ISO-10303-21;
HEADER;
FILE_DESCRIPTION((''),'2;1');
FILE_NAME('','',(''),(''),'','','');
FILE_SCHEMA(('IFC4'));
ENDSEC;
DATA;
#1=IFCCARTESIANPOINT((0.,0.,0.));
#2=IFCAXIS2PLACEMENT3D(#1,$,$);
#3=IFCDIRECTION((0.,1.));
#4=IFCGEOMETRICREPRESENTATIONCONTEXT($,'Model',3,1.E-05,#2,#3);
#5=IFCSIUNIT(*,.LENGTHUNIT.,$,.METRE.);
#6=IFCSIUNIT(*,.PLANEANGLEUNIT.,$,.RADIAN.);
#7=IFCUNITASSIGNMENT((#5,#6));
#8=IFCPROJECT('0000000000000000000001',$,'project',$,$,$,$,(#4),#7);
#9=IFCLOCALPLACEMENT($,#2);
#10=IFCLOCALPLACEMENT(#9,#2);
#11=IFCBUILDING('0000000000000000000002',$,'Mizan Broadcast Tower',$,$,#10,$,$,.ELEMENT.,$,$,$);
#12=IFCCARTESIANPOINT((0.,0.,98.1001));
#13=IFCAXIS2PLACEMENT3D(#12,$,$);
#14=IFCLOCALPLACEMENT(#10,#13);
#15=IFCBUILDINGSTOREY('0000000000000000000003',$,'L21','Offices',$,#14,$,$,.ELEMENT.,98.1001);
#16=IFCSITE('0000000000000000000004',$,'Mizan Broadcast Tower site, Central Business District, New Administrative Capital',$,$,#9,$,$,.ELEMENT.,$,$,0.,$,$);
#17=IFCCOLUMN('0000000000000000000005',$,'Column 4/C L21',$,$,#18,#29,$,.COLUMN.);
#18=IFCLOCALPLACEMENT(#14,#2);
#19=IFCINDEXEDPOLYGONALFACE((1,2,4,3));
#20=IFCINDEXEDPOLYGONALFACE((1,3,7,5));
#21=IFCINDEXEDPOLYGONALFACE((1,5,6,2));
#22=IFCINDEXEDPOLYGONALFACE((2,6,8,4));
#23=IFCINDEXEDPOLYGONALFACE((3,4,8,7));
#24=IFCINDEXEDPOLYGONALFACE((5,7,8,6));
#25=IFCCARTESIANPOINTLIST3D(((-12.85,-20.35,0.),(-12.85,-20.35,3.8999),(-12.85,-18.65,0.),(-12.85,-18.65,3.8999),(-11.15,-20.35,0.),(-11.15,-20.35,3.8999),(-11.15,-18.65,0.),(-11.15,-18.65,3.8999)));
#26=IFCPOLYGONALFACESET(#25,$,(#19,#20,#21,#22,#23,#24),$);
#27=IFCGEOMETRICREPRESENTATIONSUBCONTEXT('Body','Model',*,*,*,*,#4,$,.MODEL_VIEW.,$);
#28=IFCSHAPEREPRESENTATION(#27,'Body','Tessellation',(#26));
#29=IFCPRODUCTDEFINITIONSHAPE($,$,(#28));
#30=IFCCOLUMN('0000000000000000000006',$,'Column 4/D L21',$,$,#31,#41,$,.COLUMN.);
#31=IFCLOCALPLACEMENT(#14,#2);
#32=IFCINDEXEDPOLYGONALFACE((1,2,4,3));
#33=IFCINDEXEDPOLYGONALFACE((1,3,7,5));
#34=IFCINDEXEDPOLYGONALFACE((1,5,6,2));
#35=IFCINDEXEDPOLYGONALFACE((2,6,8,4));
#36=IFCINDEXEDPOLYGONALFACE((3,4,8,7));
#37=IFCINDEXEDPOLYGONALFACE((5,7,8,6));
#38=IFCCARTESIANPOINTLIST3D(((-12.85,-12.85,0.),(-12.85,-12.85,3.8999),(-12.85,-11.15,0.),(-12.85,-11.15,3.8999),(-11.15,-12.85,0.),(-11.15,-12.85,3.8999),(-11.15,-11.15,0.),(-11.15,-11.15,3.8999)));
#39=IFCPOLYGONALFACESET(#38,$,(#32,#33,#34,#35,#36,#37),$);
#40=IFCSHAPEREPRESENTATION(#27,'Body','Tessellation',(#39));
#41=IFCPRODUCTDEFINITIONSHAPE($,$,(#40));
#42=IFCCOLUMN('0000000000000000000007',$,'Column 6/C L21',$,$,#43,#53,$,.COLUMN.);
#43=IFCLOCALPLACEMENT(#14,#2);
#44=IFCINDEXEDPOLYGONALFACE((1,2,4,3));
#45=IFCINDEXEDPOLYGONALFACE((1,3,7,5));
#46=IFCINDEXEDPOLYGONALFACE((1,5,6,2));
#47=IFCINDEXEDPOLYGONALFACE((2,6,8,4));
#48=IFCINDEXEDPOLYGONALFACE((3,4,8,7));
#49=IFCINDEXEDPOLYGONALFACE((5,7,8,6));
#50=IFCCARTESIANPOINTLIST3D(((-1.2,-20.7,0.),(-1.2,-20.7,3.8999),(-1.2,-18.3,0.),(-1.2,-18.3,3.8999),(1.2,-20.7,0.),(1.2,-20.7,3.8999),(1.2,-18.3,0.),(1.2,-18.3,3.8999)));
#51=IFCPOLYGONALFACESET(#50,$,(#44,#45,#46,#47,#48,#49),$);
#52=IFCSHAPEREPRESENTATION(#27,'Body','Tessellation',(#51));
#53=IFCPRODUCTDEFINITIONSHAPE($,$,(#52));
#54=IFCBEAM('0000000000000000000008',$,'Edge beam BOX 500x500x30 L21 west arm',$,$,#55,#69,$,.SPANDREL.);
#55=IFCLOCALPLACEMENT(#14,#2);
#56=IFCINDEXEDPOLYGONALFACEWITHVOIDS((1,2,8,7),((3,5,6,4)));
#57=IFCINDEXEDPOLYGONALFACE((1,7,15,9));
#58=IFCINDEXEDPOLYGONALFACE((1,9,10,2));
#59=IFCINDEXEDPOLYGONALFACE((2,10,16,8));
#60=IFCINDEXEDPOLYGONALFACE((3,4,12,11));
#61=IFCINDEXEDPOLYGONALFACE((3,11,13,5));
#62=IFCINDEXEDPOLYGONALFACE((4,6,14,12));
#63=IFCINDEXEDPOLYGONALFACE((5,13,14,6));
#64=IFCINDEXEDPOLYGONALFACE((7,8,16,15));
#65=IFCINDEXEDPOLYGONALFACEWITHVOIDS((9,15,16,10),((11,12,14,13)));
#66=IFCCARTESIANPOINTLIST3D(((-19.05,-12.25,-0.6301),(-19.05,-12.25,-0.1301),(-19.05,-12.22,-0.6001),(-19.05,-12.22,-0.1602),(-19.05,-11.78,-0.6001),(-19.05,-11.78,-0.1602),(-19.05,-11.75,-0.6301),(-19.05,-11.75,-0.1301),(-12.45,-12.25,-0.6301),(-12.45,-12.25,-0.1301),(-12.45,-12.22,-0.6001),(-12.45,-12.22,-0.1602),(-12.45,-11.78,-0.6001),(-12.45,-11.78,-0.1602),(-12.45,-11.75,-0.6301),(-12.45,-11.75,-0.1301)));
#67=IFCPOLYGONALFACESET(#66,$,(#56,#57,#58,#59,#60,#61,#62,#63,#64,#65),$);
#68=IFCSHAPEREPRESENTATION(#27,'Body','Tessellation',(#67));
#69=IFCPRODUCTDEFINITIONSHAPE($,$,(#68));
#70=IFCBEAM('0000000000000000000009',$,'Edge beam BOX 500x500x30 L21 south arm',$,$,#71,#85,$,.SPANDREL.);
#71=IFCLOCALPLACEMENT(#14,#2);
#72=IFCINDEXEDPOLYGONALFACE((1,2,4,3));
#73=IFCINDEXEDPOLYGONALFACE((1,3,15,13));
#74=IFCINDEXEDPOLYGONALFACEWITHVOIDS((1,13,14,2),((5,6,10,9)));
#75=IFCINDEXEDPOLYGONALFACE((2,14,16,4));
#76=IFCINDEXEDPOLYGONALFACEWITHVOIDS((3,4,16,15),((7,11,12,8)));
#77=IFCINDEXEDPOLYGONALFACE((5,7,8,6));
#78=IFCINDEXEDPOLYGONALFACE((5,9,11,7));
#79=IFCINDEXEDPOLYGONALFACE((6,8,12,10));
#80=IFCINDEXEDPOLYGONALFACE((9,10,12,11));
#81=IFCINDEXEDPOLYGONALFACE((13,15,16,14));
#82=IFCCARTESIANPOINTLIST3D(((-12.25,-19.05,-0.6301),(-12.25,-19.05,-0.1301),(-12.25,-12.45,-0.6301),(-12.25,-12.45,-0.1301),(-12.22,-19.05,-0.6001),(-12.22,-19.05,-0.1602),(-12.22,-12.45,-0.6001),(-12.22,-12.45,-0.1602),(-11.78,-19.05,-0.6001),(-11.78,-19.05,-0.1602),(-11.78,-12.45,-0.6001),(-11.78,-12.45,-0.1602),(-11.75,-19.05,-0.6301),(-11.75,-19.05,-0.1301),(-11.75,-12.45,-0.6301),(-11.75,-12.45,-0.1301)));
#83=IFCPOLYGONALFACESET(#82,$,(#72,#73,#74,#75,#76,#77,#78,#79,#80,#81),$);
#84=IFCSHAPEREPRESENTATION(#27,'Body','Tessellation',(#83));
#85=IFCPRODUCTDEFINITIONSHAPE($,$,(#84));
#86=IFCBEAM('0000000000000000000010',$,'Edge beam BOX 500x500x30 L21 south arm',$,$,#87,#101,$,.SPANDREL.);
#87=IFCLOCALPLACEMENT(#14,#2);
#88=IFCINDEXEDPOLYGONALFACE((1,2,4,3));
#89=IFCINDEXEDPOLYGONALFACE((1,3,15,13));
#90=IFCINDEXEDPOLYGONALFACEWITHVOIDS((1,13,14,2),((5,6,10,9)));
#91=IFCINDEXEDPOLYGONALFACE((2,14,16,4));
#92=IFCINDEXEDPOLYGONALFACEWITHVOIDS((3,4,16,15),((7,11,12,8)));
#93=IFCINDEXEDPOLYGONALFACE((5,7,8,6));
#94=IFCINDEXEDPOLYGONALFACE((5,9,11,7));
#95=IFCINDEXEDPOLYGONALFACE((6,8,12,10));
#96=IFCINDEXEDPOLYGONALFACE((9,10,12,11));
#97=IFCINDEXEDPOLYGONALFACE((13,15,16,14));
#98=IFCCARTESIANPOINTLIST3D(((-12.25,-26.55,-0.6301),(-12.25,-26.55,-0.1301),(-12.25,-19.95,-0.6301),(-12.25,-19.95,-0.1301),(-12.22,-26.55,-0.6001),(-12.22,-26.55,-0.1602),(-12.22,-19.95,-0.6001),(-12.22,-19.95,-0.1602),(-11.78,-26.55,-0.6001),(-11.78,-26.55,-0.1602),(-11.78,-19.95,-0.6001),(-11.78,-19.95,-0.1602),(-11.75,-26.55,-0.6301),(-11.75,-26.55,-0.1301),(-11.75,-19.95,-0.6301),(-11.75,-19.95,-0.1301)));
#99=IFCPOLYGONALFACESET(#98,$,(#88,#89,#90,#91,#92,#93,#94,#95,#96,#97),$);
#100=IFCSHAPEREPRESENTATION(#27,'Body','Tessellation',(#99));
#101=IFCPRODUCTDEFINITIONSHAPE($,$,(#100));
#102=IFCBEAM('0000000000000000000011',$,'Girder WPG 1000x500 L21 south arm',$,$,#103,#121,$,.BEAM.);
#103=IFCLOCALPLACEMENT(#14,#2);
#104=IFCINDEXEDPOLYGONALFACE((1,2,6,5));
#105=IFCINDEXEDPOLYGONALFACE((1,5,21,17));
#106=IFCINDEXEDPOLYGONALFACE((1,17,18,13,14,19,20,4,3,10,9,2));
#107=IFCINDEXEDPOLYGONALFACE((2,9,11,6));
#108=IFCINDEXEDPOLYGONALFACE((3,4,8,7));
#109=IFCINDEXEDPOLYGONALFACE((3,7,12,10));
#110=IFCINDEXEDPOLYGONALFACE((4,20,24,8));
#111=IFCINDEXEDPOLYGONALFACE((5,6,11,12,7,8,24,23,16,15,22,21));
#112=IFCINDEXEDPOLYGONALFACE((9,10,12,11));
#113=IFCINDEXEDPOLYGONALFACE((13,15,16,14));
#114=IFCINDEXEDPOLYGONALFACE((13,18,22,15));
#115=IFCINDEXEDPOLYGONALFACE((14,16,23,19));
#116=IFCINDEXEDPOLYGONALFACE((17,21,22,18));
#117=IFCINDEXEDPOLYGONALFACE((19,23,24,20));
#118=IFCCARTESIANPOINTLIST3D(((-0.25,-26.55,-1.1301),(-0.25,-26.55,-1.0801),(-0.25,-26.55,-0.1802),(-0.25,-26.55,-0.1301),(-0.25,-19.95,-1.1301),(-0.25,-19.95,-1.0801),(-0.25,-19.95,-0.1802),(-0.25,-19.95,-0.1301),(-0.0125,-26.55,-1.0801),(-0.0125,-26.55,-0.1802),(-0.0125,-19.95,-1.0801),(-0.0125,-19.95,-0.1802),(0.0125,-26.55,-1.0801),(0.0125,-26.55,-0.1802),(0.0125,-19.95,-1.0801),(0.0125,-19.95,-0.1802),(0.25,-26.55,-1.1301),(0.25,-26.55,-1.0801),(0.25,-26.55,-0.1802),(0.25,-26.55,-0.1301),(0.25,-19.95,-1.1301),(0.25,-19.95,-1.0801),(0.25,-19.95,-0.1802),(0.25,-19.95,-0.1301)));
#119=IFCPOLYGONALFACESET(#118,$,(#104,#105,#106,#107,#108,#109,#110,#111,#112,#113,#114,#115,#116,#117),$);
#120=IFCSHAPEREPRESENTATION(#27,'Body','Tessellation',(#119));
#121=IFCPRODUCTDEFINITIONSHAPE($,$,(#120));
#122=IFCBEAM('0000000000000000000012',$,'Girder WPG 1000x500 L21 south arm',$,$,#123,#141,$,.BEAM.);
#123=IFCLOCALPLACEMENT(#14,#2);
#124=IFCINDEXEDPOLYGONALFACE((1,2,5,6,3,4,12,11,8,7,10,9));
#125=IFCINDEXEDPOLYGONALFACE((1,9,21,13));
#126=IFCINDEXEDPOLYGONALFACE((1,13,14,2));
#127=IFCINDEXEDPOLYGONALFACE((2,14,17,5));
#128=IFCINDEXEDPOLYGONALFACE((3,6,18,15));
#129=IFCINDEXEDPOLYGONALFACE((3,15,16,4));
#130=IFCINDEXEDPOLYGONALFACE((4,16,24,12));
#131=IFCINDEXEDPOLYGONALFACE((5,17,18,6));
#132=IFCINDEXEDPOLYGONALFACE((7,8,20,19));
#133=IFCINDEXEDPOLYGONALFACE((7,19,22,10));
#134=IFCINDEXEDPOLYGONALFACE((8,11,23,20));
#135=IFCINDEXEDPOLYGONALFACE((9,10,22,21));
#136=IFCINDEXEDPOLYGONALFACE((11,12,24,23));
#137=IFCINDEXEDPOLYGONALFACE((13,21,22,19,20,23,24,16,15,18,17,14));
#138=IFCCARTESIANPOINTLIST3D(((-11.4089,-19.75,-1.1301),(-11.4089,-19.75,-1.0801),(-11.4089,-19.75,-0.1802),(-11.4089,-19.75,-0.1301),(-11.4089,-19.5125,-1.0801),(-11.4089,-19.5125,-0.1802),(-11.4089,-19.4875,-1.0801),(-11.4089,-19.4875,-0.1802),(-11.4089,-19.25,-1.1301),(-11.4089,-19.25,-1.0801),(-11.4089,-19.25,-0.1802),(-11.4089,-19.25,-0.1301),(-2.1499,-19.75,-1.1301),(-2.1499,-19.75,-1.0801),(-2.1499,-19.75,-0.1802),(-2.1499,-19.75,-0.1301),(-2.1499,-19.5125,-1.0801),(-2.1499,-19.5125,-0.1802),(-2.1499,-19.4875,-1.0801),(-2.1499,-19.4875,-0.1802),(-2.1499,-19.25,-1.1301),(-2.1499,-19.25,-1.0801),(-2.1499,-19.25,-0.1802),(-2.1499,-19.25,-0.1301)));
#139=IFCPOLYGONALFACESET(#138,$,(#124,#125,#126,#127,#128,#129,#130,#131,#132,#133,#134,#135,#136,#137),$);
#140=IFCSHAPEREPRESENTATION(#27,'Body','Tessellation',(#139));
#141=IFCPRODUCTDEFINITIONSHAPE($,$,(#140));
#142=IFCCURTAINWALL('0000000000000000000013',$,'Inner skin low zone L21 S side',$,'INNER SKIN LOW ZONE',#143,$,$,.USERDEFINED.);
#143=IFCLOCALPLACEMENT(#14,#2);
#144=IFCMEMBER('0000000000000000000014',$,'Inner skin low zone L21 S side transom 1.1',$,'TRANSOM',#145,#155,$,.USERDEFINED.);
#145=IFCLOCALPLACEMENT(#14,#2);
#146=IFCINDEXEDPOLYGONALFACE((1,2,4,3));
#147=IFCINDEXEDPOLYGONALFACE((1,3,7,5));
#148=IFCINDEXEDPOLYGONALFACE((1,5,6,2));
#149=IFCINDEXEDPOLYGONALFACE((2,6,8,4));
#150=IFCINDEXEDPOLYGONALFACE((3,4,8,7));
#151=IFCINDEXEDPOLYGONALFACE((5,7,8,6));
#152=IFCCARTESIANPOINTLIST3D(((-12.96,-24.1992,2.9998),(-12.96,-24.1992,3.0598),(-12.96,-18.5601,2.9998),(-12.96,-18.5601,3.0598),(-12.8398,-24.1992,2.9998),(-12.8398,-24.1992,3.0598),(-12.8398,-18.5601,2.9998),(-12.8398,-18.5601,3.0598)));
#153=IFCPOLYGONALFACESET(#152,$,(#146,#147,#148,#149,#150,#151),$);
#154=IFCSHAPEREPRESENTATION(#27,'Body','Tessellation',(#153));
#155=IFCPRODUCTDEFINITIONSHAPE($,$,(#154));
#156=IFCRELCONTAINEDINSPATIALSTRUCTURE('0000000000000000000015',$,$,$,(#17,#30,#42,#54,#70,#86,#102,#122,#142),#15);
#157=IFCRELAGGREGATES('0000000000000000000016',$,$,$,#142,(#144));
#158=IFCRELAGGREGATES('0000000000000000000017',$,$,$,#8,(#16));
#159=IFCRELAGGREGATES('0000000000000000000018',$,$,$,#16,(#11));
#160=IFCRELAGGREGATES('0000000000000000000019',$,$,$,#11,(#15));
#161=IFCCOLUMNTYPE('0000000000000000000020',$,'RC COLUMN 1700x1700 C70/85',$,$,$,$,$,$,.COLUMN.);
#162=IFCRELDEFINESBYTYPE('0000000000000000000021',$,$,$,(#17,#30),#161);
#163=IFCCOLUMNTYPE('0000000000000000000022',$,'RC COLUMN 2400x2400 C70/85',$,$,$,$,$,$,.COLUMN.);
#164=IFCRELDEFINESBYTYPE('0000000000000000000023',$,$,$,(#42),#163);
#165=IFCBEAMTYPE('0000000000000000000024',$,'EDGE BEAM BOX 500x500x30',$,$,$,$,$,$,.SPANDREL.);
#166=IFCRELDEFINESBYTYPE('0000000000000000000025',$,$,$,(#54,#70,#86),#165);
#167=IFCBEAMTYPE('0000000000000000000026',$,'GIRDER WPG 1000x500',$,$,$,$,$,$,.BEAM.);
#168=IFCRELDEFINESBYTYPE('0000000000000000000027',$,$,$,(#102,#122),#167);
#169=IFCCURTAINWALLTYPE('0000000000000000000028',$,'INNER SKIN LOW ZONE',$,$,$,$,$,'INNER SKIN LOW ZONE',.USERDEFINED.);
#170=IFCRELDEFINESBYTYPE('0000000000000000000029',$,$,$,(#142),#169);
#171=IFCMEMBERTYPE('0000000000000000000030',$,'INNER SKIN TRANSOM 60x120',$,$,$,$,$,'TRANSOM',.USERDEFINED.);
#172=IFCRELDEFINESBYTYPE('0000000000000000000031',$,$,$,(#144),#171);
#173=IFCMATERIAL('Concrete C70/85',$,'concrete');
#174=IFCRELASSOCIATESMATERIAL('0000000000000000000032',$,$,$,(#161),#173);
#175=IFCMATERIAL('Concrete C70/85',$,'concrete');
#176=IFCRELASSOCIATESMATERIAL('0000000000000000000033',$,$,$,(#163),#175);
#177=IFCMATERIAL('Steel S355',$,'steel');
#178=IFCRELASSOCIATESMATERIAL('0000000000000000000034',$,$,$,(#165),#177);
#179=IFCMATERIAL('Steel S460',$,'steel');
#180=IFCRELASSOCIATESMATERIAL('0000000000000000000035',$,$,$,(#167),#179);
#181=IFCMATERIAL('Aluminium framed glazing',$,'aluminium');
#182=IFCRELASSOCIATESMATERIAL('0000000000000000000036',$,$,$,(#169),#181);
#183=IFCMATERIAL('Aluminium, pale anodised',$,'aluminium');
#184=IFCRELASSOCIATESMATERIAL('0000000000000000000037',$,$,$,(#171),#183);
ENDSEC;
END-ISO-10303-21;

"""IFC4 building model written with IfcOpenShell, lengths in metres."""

from ifc_helpers import new_model, si_unit, direction, frame, origin, origin_2d, place, context, subcontext, project, spatial, rectangle, hollow_rectangle, i_section, extrude, material, material_profile, profile_set, type_object, element, aggregate, save


model = new_model("IFC4")

# Units and contexts
model_context = context("Model", 3, precision=1e-05, world=origin(), true_north=direction((0.0, 1.0)))
body_context = subcontext(model_context, "Body", "Model", "MODEL_VIEW")
ifc_project = project(units=[si_unit("LENGTHUNIT", "METRE"), si_unit("PLANEANGLEUNIT", "RADIAN")], contexts=[model_context])

# Site, building, storey
site_placement = place(None, origin())
site = spatial("IfcSite", under=ifc_project, at=site_placement, Name="Mizan Broadcast Tower site, Central Business District, New Administrative Capital", CompositionType="ELEMENT", RefElevation=0.0)
building_placement = place(site_placement, origin())
building = spatial("IfcBuilding", under=site, at=building_placement, Name="Mizan Broadcast Tower", CompositionType="ELEMENT")
storey_placement = place(building_placement, frame((0.0, 0.0, 98.1001)))
storey = spatial("IfcBuildingStorey", under=building, at=storey_placement, Name="L21", Description="Offices", CompositionType="ELEMENT", Elevation=98.1001)

# Columns
ifc_material_1 = material(Name="Concrete C70/85", Category="concrete")
ifc_material_profile_1 = material_profile(ifc_material_1, rectangle(XDim=1.7, YDim=1.7, at=origin_2d()), Name="RC 1700x1700")
ifc_profile_set_1 = profile_set([ifc_material_profile_1], Name="Concrete C70/85")
column_type_1 = type_object("IfcColumnType", Name="RC COLUMN 1700x1700 C70/85", PredefinedType="COLUMN", material=ifc_profile_set_1)
for number, where, z_axis, x_axis, name in (
    (1, (-12.0, -19.5, 0.0), (0.0, 0.0, 1.0), (1.0, 0.0, 0.0), "Column 4/C L21"),
    (2, (-12.0, -12.0, 0.0), (0.0, 0.0, 1.0), (1.0, 0.0, 0.0), "Column 4/D L21"),
):
    element("IfcColumn", number, at=place(storey_placement, frame(where, z_axis=z_axis, x_axis=x_axis)), inside=storey, type_object=column_type_1, Name=name, PredefinedType="COLUMN", context=body_context, shape_type="SweptSolid", body=[
        extrude(rectangle(XDim=1.7, YDim=1.7, at=origin_2d()), origin(), (0.0, 0.0, 1.0), 3.8999),
    ])
ifc_material_2 = material(Name="Concrete C70/85", Category="concrete")
ifc_material_profile_2 = material_profile(ifc_material_2, rectangle(XDim=2.3999, YDim=2.3999, at=origin_2d()), Name="RC 2400x2400")
ifc_profile_set_2 = profile_set([ifc_material_profile_2], Name="Concrete C70/85")
column_type_2 = type_object("IfcColumnType", Name="RC COLUMN 2400x2400 C70/85", PredefinedType="COLUMN", material=ifc_profile_set_2)
column_placement = place(storey_placement, frame((0.0, -19.5, 0.0), z_axis=(0.0, 0.0, 1.0), x_axis=(1.0, 0.0, 0.0)))
element("IfcColumn", 3, at=column_placement, inside=storey, type_object=column_type_2, Name="Column 6/C L21", PredefinedType="COLUMN", context=body_context, shape_type="SweptSolid", body=[
    extrude(rectangle(XDim=2.3999, YDim=2.3999, at=origin_2d()), origin(), (0.0, 0.0, 1.0), 3.8999),
])

# Beams
ifc_material_3 = material(Name="Steel S355", Category="steel")
ifc_material_profile_3 = material_profile(ifc_material_3, hollow_rectangle(XDim=0.5, YDim=0.5, WallThickness=0.03, at=origin_2d()), Name="BOX 500x500x30")
ifc_profile_set_3 = profile_set([ifc_material_profile_3], Name="Steel S355")
beam_type_1 = type_object("IfcBeamType", Name="EDGE BEAM BOX 500x500x30", PredefinedType="SPANDREL", material=ifc_profile_set_3)
for number, where, z_axis, x_axis, name in (
    (4, (-12.45, -12.0, -0.3801), (-1.0, 0.0, 0.0), (0.0, -1.0, 0.0), "Edge beam BOX 500x500x30 L21 west arm"),
    (5, (-12.0, -12.45, -0.3801), (0.0, -1.0, 0.0), (1.0, 0.0, 0.0), "Edge beam BOX 500x500x30 L21 south arm"),
    (6, (-12.0, -19.95, -0.3801), (0.0, -1.0, 0.0), (1.0, 0.0, 0.0), "Edge beam BOX 500x500x30 L21 south arm"),
):
    element("IfcBeam", number, at=place(storey_placement, frame(where, z_axis=z_axis, x_axis=x_axis)), inside=storey, type_object=beam_type_1, Name=name, PredefinedType="SPANDREL", context=body_context, shape_type="SweptSolid", body=[
        extrude(hollow_rectangle(XDim=0.5, YDim=0.5, WallThickness=0.03, at=origin_2d()), origin(), (0.0, 0.0, 1.0), 6.6001),
    ])
ifc_material_4 = material(Name="Steel S460", Category="steel")
ifc_material_profile_4 = material_profile(ifc_material_4, i_section(OverallWidth=0.5, OverallDepth=1.0, WebThickness=0.0249, FlangeThickness=0.05, at=origin_2d()), Name="WPG 1000x500")
ifc_profile_set_4 = profile_set([ifc_material_profile_4], Name="Steel S460")
beam_type_2 = type_object("IfcBeamType", Name="GIRDER WPG 1000x500", PredefinedType="BEAM", material=ifc_profile_set_4)
beam_1_placement = place(storey_placement, frame((0.0, -19.95, -0.6301), z_axis=(0.0, -1.0, 0.0), x_axis=(1.0, 0.0, 0.0)))
element("IfcBeam", 7, at=beam_1_placement, inside=storey, type_object=beam_type_2, Name="Girder WPG 1000x500 L21 south arm", PredefinedType="BEAM", context=body_context, shape_type="SweptSolid", body=[
    extrude(i_section(OverallWidth=0.5, OverallDepth=1.0, WebThickness=0.0249, FlangeThickness=0.05, at=origin_2d()), origin(), (0.0, 0.0, 1.0), 6.6001),
])
beam_2_placement = place(storey_placement, frame((-11.4089, -19.5, -0.6301), z_axis=(1.0, 0.0, 0.0), x_axis=(0.0, 1.0, 0.0)))
element("IfcBeam", 8, at=beam_2_placement, inside=storey, type_object=beam_type_2, Name="Girder WPG 1000x500 L21 south arm", PredefinedType="BEAM", context=body_context, shape_type="SweptSolid", body=[
    extrude(i_section(OverallWidth=0.5, OverallDepth=1.0, WebThickness=0.0249, FlangeThickness=0.05, at=origin_2d()), origin(), (0.0, 0.0, 1.0), 9.259),
])

# Curtain wall, member
ifc_material_5 = material(Name="Aluminium framed glazing", Category="aluminium")
curtain_wall_type = type_object("IfcCurtainWallType", Name="INNER SKIN LOW ZONE", ElementType="INNER SKIN LOW ZONE", PredefinedType="USERDEFINED", material=ifc_material_5)
curtain_wall_placement = place(storey_placement, origin())
curtain_wall = element("IfcCurtainWall", 9, at=curtain_wall_placement, inside=storey, type_object=curtain_wall_type, Name="Inner skin low zone L21 S side", ObjectType="INNER SKIN LOW ZONE", PredefinedType="USERDEFINED")
ifc_material_6 = material(Name="Aluminium, pale anodised", Category="aluminium")
ifc_material_profile_5 = material_profile(ifc_material_6, rectangle(XDim=0.1201, YDim=0.0601, at=origin_2d()), Name="TRANSOM 120x60")
ifc_profile_set_5 = profile_set([ifc_material_profile_5], Name="Aluminium, pale anodised")
member_type = type_object("IfcMemberType", Name="INNER SKIN TRANSOM 60x120", ElementType="TRANSOM", PredefinedType="USERDEFINED", material=ifc_profile_set_5)
member_placement = place(storey_placement, frame((-12.8999, -18.5601, 3.0298), z_axis=(0.0, -1.0, 0.0), x_axis=(1.0, 0.0, 0.0)))
member = element("IfcMember", 10, at=member_placement, type_object=member_type, Name="Inner skin low zone L21 S side transom 1.1", ObjectType="TRANSOM", PredefinedType="USERDEFINED", context=body_context, shape_type="SweptSolid", body=[
    extrude(rectangle(XDim=0.1201, YDim=0.0601, at=origin_2d()), origin(), (0.0, 0.0, 1.0), 5.6392),
])

aggregate(curtain_wall, [member])

save(model, "model.ifc")
